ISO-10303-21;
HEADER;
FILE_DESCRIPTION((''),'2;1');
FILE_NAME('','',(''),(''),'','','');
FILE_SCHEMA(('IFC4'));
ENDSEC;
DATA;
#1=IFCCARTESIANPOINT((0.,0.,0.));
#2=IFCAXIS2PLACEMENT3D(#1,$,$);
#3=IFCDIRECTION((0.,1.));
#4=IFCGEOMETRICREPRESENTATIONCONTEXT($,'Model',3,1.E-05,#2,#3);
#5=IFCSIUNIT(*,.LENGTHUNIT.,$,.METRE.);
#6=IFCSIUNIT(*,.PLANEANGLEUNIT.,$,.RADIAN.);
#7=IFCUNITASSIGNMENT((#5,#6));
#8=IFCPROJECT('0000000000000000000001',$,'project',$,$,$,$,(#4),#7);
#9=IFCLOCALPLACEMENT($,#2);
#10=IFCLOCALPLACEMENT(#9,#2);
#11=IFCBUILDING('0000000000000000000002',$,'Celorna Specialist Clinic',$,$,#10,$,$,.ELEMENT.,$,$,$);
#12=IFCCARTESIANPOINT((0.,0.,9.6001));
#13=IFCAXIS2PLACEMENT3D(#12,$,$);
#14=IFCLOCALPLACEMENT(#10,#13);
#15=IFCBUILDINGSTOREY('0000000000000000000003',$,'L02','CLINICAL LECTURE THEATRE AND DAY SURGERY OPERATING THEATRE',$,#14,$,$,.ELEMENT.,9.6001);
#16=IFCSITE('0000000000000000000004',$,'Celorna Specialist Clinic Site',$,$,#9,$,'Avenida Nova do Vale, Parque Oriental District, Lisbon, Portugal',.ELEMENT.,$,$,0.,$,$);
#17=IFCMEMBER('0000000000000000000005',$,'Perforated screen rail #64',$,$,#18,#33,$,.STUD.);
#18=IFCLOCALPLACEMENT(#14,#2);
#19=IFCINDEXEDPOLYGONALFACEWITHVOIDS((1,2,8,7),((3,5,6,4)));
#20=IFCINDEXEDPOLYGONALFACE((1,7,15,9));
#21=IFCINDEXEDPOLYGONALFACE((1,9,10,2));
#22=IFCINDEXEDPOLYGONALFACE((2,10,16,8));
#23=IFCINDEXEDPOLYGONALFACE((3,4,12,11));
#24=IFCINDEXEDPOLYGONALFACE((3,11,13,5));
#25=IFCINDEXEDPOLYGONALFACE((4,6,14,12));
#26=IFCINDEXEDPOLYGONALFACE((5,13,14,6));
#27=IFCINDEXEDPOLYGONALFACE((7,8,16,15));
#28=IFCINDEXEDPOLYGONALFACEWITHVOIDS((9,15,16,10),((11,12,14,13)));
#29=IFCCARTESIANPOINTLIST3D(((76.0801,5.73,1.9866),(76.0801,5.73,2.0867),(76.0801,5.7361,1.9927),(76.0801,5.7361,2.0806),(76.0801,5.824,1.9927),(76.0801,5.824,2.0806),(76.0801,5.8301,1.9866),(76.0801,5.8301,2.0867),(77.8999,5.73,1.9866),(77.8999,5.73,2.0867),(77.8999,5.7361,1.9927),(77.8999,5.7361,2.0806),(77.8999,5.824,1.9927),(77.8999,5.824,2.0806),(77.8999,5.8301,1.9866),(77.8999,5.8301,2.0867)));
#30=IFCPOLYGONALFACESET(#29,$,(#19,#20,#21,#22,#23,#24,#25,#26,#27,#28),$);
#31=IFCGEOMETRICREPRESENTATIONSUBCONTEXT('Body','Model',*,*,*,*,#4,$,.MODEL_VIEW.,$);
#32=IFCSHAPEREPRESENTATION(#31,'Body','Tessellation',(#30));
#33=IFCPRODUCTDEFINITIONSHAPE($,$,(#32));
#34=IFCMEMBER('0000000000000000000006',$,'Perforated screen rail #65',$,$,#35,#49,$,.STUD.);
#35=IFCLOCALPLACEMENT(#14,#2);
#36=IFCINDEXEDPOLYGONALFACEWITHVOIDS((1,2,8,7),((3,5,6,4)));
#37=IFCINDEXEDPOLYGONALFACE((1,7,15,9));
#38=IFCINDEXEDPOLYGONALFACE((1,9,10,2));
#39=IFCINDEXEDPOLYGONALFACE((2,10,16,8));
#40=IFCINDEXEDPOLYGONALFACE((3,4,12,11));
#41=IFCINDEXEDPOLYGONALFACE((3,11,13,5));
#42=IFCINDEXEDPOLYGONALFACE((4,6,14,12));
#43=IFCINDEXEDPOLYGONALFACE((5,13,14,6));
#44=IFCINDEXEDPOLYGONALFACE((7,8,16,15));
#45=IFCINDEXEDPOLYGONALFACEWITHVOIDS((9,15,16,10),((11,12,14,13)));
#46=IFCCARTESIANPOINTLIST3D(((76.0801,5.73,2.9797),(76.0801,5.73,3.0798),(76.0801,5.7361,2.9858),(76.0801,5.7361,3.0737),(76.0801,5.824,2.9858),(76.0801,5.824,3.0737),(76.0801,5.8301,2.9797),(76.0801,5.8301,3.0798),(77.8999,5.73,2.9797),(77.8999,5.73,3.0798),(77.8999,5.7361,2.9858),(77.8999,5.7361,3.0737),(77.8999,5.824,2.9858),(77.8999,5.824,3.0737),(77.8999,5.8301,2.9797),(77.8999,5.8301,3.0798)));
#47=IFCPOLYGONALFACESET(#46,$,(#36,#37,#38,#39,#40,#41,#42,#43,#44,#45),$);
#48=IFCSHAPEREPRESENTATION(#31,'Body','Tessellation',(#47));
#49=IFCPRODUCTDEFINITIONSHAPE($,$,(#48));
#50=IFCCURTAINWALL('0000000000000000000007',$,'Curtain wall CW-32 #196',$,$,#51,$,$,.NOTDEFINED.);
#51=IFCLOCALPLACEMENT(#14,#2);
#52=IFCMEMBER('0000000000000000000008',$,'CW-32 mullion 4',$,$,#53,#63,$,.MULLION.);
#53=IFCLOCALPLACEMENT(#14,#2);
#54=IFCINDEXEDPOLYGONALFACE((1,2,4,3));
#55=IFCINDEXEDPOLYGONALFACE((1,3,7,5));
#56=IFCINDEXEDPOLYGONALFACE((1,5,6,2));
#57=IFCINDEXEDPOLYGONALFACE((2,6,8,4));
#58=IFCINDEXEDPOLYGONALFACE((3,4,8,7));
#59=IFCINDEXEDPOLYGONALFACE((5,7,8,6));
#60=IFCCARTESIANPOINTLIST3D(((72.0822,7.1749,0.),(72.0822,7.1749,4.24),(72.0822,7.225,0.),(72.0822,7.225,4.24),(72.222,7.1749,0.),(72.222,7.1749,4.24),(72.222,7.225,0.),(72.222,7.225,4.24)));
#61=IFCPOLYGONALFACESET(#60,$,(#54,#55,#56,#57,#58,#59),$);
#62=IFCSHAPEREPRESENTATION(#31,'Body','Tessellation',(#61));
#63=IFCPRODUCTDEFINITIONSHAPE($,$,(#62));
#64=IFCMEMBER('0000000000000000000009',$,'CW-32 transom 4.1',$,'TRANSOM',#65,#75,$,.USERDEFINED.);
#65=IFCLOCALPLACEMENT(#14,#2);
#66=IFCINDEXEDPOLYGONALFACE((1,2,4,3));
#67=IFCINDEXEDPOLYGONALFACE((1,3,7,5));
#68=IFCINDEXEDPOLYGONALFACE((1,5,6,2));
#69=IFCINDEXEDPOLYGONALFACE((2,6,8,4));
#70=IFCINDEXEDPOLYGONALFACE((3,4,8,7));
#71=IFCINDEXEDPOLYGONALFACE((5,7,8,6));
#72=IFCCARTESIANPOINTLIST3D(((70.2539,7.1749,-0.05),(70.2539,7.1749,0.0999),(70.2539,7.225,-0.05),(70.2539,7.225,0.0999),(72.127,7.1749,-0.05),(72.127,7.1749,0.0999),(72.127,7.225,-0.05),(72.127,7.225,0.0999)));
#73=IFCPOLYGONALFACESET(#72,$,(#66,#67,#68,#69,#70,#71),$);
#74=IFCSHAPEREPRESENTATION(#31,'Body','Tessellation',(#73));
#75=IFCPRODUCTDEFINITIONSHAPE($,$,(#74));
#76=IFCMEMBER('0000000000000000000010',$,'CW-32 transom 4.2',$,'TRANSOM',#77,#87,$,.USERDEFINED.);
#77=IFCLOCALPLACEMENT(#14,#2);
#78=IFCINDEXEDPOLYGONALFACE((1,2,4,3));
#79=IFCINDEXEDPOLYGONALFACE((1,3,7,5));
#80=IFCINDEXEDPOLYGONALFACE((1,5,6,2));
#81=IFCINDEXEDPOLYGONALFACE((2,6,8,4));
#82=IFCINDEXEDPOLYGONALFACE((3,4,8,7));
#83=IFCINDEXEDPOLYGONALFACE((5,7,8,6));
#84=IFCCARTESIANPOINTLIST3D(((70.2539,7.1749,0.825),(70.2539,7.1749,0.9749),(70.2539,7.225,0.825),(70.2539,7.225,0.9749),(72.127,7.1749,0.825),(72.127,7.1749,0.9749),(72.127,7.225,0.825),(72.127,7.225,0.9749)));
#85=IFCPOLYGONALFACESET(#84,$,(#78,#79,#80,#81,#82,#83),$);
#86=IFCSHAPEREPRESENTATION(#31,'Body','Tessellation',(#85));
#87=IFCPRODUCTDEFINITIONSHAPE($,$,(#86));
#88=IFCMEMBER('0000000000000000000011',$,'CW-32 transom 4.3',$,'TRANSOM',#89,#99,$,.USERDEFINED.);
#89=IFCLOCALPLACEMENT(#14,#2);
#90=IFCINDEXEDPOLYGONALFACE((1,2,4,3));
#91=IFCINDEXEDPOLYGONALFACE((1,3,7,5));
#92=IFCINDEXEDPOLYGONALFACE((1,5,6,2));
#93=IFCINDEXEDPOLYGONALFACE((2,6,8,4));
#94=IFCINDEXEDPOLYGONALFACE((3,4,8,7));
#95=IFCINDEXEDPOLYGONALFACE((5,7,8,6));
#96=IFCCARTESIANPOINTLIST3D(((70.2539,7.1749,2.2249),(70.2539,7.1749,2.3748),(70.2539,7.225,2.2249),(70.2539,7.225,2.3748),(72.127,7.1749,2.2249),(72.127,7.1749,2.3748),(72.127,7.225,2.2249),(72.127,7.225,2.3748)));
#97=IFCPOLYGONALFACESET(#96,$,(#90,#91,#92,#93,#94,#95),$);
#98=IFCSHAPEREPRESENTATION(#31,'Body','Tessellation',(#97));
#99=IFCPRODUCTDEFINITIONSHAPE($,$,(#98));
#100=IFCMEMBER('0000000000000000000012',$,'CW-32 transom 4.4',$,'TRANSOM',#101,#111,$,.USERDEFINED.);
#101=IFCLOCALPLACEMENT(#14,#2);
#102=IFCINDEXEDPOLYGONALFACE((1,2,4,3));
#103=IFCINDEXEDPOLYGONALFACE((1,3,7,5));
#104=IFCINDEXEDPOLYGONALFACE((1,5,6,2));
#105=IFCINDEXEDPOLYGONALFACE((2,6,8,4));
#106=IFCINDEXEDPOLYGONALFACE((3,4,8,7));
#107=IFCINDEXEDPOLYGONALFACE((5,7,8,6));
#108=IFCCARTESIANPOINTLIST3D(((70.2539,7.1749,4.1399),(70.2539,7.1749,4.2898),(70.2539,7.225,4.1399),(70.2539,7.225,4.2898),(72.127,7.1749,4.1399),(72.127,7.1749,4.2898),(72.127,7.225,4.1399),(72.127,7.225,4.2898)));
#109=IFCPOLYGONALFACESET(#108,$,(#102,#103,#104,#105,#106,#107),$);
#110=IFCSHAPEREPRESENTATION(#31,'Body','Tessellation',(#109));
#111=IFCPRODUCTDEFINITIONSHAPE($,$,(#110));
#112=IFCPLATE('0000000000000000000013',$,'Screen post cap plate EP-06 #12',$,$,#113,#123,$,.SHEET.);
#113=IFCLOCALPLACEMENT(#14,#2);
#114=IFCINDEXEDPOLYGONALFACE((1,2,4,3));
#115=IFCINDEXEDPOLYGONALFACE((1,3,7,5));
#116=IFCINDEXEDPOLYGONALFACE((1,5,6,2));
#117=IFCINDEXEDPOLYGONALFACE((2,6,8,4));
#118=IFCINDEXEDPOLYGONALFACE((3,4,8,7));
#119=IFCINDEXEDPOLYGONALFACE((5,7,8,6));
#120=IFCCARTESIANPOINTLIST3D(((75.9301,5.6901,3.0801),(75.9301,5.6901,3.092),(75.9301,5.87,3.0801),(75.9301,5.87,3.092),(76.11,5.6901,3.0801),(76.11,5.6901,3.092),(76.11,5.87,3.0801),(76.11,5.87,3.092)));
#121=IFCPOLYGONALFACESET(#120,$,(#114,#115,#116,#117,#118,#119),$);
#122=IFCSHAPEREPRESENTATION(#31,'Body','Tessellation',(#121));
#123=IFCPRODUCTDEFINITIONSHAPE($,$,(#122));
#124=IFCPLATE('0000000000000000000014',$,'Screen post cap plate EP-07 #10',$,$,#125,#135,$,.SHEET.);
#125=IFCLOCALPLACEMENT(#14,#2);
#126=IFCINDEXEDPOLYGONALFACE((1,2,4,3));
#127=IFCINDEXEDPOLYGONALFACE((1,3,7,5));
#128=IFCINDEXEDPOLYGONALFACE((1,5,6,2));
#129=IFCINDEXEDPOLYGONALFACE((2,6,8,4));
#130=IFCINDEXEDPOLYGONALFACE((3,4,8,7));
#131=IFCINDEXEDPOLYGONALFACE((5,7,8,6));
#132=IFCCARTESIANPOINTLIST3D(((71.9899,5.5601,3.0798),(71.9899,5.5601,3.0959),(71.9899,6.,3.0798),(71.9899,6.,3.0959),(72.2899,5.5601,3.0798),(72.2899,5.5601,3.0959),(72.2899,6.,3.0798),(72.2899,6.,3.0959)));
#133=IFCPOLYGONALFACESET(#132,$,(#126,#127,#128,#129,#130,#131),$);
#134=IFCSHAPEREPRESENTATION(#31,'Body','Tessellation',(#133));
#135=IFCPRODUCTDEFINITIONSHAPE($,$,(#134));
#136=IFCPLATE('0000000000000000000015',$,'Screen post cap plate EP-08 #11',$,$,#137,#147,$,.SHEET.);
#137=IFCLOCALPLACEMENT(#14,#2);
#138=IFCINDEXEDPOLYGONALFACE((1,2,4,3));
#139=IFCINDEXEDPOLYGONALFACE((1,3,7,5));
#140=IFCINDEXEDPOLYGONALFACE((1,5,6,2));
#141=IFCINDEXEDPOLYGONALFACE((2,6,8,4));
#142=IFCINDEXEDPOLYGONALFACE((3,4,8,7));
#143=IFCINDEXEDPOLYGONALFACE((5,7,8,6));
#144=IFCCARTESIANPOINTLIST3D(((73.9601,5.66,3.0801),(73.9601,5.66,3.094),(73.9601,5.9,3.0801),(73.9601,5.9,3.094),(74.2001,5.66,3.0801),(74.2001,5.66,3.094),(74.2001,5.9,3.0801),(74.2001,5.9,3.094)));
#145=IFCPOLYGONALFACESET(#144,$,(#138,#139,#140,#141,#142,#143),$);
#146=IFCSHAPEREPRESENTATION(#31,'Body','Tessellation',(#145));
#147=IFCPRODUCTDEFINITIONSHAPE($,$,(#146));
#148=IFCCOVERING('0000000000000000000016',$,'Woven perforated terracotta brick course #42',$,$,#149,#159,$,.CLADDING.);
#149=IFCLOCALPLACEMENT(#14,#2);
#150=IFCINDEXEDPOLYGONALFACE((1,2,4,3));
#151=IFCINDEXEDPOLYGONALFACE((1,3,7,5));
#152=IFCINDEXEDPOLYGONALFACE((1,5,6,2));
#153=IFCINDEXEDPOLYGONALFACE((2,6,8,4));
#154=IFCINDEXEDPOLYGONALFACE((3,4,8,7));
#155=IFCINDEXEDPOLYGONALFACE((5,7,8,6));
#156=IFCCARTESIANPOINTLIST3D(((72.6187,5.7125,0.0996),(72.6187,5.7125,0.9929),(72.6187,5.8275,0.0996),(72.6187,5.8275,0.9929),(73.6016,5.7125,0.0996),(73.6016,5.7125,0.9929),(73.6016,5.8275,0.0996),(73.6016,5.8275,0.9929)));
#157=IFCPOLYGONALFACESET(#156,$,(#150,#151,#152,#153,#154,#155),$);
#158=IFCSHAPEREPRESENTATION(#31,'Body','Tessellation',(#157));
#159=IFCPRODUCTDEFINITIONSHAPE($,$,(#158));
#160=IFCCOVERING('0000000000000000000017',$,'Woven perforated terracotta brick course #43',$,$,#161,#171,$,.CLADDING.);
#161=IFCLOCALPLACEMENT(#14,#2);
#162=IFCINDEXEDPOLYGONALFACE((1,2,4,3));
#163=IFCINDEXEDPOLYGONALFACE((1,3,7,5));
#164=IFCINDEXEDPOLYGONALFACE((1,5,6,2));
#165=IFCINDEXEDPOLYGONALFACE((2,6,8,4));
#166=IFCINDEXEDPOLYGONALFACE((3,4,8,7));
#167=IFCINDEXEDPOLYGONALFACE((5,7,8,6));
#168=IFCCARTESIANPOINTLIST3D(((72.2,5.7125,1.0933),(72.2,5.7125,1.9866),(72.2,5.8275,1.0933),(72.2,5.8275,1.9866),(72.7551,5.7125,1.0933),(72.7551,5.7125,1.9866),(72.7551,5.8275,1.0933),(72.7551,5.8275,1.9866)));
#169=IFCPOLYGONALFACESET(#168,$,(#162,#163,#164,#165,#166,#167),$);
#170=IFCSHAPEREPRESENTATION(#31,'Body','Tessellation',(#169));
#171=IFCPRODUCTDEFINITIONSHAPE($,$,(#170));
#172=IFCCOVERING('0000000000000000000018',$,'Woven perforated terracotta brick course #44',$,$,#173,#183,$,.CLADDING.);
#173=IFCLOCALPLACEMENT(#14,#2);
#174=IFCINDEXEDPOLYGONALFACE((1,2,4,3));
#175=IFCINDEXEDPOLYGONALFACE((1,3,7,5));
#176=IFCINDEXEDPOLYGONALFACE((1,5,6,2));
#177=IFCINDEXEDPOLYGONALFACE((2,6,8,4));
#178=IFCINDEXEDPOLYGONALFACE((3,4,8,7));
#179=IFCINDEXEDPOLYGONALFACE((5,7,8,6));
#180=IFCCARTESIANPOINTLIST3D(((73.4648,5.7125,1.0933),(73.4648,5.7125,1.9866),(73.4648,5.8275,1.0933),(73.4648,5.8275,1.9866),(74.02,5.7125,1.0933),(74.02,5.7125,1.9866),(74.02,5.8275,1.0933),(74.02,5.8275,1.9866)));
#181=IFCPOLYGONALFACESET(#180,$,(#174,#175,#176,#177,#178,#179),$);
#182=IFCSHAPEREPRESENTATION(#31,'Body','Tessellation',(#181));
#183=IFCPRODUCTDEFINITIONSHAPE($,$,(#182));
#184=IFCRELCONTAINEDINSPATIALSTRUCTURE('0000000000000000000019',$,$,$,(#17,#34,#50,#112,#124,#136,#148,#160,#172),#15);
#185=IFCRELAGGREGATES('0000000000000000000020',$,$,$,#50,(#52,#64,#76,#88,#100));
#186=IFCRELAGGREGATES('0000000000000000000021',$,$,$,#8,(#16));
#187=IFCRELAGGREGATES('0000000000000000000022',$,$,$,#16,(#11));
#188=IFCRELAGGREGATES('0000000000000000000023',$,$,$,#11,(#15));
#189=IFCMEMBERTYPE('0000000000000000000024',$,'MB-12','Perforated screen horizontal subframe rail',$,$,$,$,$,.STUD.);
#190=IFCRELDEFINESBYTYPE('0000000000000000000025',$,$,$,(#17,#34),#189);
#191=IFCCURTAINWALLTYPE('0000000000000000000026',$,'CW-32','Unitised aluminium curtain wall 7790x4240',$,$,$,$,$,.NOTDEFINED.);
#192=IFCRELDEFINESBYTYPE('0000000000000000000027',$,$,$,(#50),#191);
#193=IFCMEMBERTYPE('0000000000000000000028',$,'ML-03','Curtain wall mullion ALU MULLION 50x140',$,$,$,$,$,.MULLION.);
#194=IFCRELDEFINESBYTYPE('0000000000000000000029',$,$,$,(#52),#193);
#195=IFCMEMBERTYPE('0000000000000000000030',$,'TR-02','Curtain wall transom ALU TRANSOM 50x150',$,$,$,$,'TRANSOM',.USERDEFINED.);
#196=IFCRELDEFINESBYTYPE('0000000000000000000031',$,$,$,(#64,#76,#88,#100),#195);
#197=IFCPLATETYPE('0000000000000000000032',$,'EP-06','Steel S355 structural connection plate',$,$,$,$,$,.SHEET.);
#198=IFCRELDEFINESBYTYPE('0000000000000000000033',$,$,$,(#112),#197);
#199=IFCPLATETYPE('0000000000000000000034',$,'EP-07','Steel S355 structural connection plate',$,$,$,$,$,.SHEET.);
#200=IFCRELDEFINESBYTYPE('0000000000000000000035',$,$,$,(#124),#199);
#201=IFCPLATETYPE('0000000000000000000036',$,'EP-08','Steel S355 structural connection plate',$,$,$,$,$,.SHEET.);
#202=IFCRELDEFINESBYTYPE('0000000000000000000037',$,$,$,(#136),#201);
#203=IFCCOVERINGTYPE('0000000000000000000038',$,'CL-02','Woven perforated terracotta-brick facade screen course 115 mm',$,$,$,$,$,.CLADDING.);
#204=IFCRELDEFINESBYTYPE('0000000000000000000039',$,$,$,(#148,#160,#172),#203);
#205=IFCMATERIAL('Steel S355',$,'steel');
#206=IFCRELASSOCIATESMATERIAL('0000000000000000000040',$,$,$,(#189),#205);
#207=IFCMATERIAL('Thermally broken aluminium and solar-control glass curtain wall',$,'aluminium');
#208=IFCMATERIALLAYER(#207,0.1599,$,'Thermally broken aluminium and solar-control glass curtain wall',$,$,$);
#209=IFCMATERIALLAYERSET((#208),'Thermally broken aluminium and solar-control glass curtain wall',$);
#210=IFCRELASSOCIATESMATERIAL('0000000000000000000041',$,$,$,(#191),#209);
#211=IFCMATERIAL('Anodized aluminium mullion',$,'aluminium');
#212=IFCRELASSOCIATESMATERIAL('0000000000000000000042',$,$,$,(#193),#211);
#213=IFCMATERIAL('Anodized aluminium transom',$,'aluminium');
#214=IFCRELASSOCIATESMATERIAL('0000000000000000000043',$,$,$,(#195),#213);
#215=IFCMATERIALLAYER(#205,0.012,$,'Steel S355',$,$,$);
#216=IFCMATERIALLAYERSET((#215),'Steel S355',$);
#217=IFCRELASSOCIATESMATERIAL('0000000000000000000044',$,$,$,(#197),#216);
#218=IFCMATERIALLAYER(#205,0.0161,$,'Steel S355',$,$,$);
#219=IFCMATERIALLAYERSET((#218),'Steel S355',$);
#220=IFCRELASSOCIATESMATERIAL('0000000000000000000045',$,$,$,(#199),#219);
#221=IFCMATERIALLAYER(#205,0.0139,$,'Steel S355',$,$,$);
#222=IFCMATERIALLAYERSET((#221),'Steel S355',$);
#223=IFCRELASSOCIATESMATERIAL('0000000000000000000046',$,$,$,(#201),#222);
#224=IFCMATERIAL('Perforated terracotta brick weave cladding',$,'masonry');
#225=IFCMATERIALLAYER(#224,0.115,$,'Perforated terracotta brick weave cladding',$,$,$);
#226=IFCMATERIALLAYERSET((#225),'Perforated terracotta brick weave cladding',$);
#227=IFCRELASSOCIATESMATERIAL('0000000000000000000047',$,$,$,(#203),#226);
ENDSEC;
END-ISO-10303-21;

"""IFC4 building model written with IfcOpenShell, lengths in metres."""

from ifc_helpers import new_model, si_unit, direction, frame, origin, origin_2d, place, context, subcontext, project, spatial, rectangle, hollow_rectangle, extrude, material, layer, layer_set, material_profile, profile_set, type_object, element, aggregate, save


model = new_model("IFC4")

# Units and contexts
model_context = context("Model", 3, precision=1e-05, world=origin(), true_north=direction((0.0, 1.0)))
body_context = subcontext(model_context, "Body", "Model", "MODEL_VIEW")
ifc_project = project(units=[si_unit("LENGTHUNIT", "METRE"), si_unit("PLANEANGLEUNIT", "RADIAN")], contexts=[model_context])

# Site, building, storey
site_placement = place(None, origin())
site = spatial("IfcSite", under=ifc_project, at=site_placement, Name="Celorna Specialist Clinic Site", LongName="Avenida Nova do Vale, Parque Oriental District, Lisbon, Portugal", CompositionType="ELEMENT", RefElevation=0.0)
building_placement = place(site_placement, origin())
building = spatial("IfcBuilding", under=site, at=building_placement, Name="Celorna Specialist Clinic", CompositionType="ELEMENT")
storey_placement = place(building_placement, frame((0.0, 0.0, 9.6001)))
storey = spatial("IfcBuildingStorey", under=building, at=storey_placement, Name="L02", Description="CLINICAL LECTURE THEATRE AND DAY SURGERY OPERATING THEATRE", CompositionType="ELEMENT", Elevation=9.6001)

# Members
ifc_material_1 = material(Name="Steel S355", Category="steel")
ifc_material_profile_1 = material_profile(ifc_material_1, hollow_rectangle(XDim=0.1001, YDim=0.1001, WallThickness=0.0061, at=origin_2d()), Name="SHS 100x100x6")
ifc_profile_set_1 = profile_set([ifc_material_profile_1], Name="Steel S355")
member_type_1 = type_object("IfcMemberType", Name="MB-12", Description="Perforated screen horizontal subframe rail", PredefinedType="STUD", material=ifc_profile_set_1)
for number, where, z_axis, x_axis, name in (
    (1, (76.0801, 5.78, 2.0366), (1.0, 0.0, 0.0), (0.0, 1.0, 0.0), "Perforated screen rail #64"),
    (2, (76.0801, 5.78, 3.0298), (1.0, 0.0, 0.0), (0.0, 1.0, 0.0), "Perforated screen rail #65"),
):
    element("IfcMember", number, at=place(storey_placement, frame(where, z_axis=z_axis, x_axis=x_axis)), inside=storey, type_object=member_type_1, Name=name, PredefinedType="STUD", context=body_context, shape_type="SweptSolid", body=[
        extrude(hollow_rectangle(XDim=0.1001, YDim=0.1001, WallThickness=0.0061, at=origin_2d()), origin(), (0.0, 0.0, 1.0), 1.8198),
    ])

# Curtain wall, members
ifc_material_2 = material(Name="Thermally broken aluminium and solar-control glass curtain wall", Category="aluminium")
ifc_layer_1 = layer(ifc_material_2, 0.1599, Name="Thermally broken aluminium and solar-control glass curtain wall")
ifc_layer_set_1 = layer_set([ifc_layer_1], Name="Thermally broken aluminium and solar-control glass curtain wall")
curtain_wall_type = type_object("IfcCurtainWallType", Name="CW-32", Description="Unitised aluminium curtain wall 7790x4240", PredefinedType="NOTDEFINED", material=ifc_layer_set_1)
curtain_wall_placement = place(storey_placement, origin())
curtain_wall = element("IfcCurtainWall", 3, at=curtain_wall_placement, inside=storey, type_object=curtain_wall_type, Name="Curtain wall CW-32 #196", PredefinedType="NOTDEFINED")
ifc_material_3 = material(Name="Anodized aluminium mullion", Category="aluminium")
ifc_material_profile_2 = material_profile(ifc_material_3, rectangle(XDim=0.05, YDim=0.1399, at=origin_2d()), Name="ALU MULLION 50x140")
ifc_profile_set_2 = profile_set([ifc_material_profile_2], Name="Anodized aluminium mullion")
member_type_2 = type_object("IfcMemberType", Name="ML-03", Description="Curtain wall mullion ALU MULLION 50x140", PredefinedType="MULLION", material=ifc_profile_set_2)
member_1_placement = place(storey_placement, frame((72.1521, 7.2, 0.0), z_axis=(0.0, 0.0, 1.0), x_axis=(0.0, -1.0, 0.0)))
member_1 = element("IfcMember", 4, at=member_1_placement, type_object=member_type_2, Name="CW-32 mullion 4", PredefinedType="MULLION", context=body_context, shape_type="SweptSolid", body=[
    extrude(rectangle(XDim=0.05, YDim=0.1399, at=origin_2d()), origin(), (0.0, 0.0, 1.0), 4.24),
])
ifc_material_4 = material(Name="Anodized aluminium transom", Category="aluminium")
ifc_material_profile_3 = material_profile(ifc_material_4, rectangle(XDim=0.05, YDim=0.1499, at=origin_2d()), Name="ALU TRANSOM 50x150")
ifc_profile_set_3 = profile_set([ifc_material_profile_3], Name="Anodized aluminium transom")
member_type_3 = type_object("IfcMemberType", Name="TR-02", Description="Curtain wall transom ALU TRANSOM 50x150", ElementType="TRANSOM", PredefinedType="USERDEFINED", material=ifc_profile_set_3)
member_2_placement = place(storey_placement, frame((72.127, 7.2, 0.0249), z_axis=(-1.0, 0.0, 0.0), x_axis=(0.0, -1.0, 0.0)))
member_2 = element("IfcMember", 5, at=member_2_placement, type_object=member_type_3, Name="CW-32 transom 4.1", ObjectType="TRANSOM", PredefinedType="USERDEFINED", context=body_context, shape_type="SweptSolid", body=[
    extrude(rectangle(XDim=0.05, YDim=0.1499, at=origin_2d()), origin(), (0.0, 0.0, 1.0), 1.873),
])
member_3_placement = place(storey_placement, frame((72.127, 7.2, 0.8999), z_axis=(-1.0, 0.0, 0.0), x_axis=(0.0, -1.0, 0.0)))
member_3 = element("IfcMember", 6, at=member_3_placement, type_object=member_type_3, Name="CW-32 transom 4.2", ObjectType="TRANSOM", PredefinedType="USERDEFINED", context=body_context, shape_type="SweptSolid", body=[
    extrude(rectangle(XDim=0.05, YDim=0.1499, at=origin_2d()), origin(), (0.0, 0.0, 1.0), 1.873),
])
member_4_placement = place(storey_placement, frame((72.127, 7.2, 2.2998), z_axis=(-1.0, 0.0, 0.0), x_axis=(0.0, -1.0, 0.0)))
member_4 = element("IfcMember", 7, at=member_4_placement, type_object=member_type_3, Name="CW-32 transom 4.3", ObjectType="TRANSOM", PredefinedType="USERDEFINED", context=body_context, shape_type="SweptSolid", body=[
    extrude(rectangle(XDim=0.05, YDim=0.1499, at=origin_2d()), origin(), (0.0, 0.0, 1.0), 1.873),
])
member_5_placement = place(storey_placement, frame((72.127, 7.2, 4.2148), z_axis=(-1.0, 0.0, 0.0), x_axis=(0.0, -1.0, 0.0)))
member_5 = element("IfcMember", 8, at=member_5_placement, type_object=member_type_3, Name="CW-32 transom 4.4", ObjectType="TRANSOM", PredefinedType="USERDEFINED", context=body_context, shape_type="SweptSolid", body=[
    extrude(rectangle(XDim=0.05, YDim=0.1499, at=origin_2d()), origin(), (0.0, 0.0, 1.0), 1.873),
])
aggregate(curtain_wall, [member_1, member_2, member_3, member_4, member_5])

# Plates
ifc_layer_2 = layer(ifc_material_1, 0.012, Name="Steel S355")
ifc_layer_set_2 = layer_set([ifc_layer_2], Name="Steel S355")
plate_type_1 = type_object("IfcPlateType", Name="EP-06", Description="Steel S355 structural connection plate", PredefinedType="SHEET", material=ifc_layer_set_2)
plate_1_placement = place(storey_placement, frame((76.02, 5.78, 3.0801), z_axis=(0.0, 0.0, 1.0), x_axis=(1.0, 0.0, 0.0)))
element("IfcPlate", 9, at=plate_1_placement, inside=storey, type_object=plate_type_1, Name="Screen post cap plate EP-06 #12", PredefinedType="SHEET", context=body_context, shape_type="SweptSolid", body=[
    extrude(rectangle(XDim=0.1799, YDim=0.1799, at=origin_2d()), origin(), (0.0, 0.0, 1.0), 0.012),
])
ifc_layer_3 = layer(ifc_material_1, 0.0161, Name="Steel S355")
ifc_layer_set_3 = layer_set([ifc_layer_3], Name="Steel S355")
plate_type_2 = type_object("IfcPlateType", Name="EP-07", Description="Steel S355 structural connection plate", PredefinedType="SHEET", material=ifc_layer_set_3)
plate_2_placement = place(storey_placement, frame((72.1399, 5.78, 3.0798), z_axis=(0.0, 0.0, 1.0), x_axis=(1.0, 0.0, 0.0)))
element("IfcPlate", 10, at=plate_2_placement, inside=storey, type_object=plate_type_2, Name="Screen post cap plate EP-07 #10", PredefinedType="SHEET", context=body_context, shape_type="SweptSolid", body=[
    extrude(rectangle(XDim=0.3, YDim=0.4399, at=origin_2d()), origin(), (0.0, 0.0, 1.0), 0.0161),
])
ifc_layer_4 = layer(ifc_material_1, 0.0139, Name="Steel S355")
ifc_layer_set_4 = layer_set([ifc_layer_4], Name="Steel S355")
plate_type_3 = type_object("IfcPlateType", Name="EP-08", Description="Steel S355 structural connection plate", PredefinedType="SHEET", material=ifc_layer_set_4)
plate_3_placement = place(storey_placement, frame((74.0801, 5.78, 3.0801), z_axis=(0.0, 0.0, 1.0), x_axis=(1.0, 0.0, 0.0)))
element("IfcPlate", 11, at=plate_3_placement, inside=storey, type_object=plate_type_3, Name="Screen post cap plate EP-08 #11", PredefinedType="SHEET", context=body_context, shape_type="SweptSolid", body=[
    extrude(rectangle(XDim=0.24, YDim=0.24, at=origin_2d()), origin(), (0.0, 0.0, 1.0), 0.0139),
])

# Coverings
ifc_material_5 = material(Name="Perforated terracotta brick weave cladding", Category="masonry")
ifc_layer_5 = layer(ifc_material_5, 0.115, Name="Perforated terracotta brick weave cladding")
ifc_layer_set_5 = layer_set([ifc_layer_5], Name="Perforated terracotta brick weave cladding")
covering_type = type_object("IfcCoveringType", Name="CL-02", Description="Woven perforated terracotta-brick facade screen course 115 mm", PredefinedType="CLADDING", material=ifc_layer_set_5)
covering_1_placement = place(storey_placement, frame((73.1101, 5.77, 0.0996), z_axis=(0.0, 0.0, 1.0), x_axis=(1.0, 0.0, 0.0)))
element("IfcCovering", 12, at=covering_1_placement, inside=storey, type_object=covering_type, Name="Woven perforated terracotta brick course #42", PredefinedType="CLADDING", context=body_context, shape_type="SweptSolid", body=[
    extrude(rectangle(XDim=0.9829, YDim=0.115, at=origin_2d()), origin(), (0.0, 0.0, 1.0), 0.8933),
])
for number, where, z_axis, x_axis, name in (
    (13, (72.4775, 5.77, 1.0933), (0.0, 0.0, 1.0), (1.0, 0.0, 0.0), "Woven perforated terracotta brick course #43"),
    (14, (73.7424, 5.77, 1.0933), (0.0, 0.0, 1.0), (1.0, 0.0, 0.0), "Woven perforated terracotta brick course #44"),
):
    element("IfcCovering", number, at=place(storey_placement, frame(where, z_axis=z_axis, x_axis=x_axis)), inside=storey, type_object=covering_type, Name=name, PredefinedType="CLADDING", context=body_context, shape_type="SweptSolid", body=[
        extrude(rectangle(XDim=0.5552, YDim=0.115, at=origin_2d()), origin(), (0.0, 0.0, 1.0), 0.8933),
    ])

save(model, "model.ifc")
